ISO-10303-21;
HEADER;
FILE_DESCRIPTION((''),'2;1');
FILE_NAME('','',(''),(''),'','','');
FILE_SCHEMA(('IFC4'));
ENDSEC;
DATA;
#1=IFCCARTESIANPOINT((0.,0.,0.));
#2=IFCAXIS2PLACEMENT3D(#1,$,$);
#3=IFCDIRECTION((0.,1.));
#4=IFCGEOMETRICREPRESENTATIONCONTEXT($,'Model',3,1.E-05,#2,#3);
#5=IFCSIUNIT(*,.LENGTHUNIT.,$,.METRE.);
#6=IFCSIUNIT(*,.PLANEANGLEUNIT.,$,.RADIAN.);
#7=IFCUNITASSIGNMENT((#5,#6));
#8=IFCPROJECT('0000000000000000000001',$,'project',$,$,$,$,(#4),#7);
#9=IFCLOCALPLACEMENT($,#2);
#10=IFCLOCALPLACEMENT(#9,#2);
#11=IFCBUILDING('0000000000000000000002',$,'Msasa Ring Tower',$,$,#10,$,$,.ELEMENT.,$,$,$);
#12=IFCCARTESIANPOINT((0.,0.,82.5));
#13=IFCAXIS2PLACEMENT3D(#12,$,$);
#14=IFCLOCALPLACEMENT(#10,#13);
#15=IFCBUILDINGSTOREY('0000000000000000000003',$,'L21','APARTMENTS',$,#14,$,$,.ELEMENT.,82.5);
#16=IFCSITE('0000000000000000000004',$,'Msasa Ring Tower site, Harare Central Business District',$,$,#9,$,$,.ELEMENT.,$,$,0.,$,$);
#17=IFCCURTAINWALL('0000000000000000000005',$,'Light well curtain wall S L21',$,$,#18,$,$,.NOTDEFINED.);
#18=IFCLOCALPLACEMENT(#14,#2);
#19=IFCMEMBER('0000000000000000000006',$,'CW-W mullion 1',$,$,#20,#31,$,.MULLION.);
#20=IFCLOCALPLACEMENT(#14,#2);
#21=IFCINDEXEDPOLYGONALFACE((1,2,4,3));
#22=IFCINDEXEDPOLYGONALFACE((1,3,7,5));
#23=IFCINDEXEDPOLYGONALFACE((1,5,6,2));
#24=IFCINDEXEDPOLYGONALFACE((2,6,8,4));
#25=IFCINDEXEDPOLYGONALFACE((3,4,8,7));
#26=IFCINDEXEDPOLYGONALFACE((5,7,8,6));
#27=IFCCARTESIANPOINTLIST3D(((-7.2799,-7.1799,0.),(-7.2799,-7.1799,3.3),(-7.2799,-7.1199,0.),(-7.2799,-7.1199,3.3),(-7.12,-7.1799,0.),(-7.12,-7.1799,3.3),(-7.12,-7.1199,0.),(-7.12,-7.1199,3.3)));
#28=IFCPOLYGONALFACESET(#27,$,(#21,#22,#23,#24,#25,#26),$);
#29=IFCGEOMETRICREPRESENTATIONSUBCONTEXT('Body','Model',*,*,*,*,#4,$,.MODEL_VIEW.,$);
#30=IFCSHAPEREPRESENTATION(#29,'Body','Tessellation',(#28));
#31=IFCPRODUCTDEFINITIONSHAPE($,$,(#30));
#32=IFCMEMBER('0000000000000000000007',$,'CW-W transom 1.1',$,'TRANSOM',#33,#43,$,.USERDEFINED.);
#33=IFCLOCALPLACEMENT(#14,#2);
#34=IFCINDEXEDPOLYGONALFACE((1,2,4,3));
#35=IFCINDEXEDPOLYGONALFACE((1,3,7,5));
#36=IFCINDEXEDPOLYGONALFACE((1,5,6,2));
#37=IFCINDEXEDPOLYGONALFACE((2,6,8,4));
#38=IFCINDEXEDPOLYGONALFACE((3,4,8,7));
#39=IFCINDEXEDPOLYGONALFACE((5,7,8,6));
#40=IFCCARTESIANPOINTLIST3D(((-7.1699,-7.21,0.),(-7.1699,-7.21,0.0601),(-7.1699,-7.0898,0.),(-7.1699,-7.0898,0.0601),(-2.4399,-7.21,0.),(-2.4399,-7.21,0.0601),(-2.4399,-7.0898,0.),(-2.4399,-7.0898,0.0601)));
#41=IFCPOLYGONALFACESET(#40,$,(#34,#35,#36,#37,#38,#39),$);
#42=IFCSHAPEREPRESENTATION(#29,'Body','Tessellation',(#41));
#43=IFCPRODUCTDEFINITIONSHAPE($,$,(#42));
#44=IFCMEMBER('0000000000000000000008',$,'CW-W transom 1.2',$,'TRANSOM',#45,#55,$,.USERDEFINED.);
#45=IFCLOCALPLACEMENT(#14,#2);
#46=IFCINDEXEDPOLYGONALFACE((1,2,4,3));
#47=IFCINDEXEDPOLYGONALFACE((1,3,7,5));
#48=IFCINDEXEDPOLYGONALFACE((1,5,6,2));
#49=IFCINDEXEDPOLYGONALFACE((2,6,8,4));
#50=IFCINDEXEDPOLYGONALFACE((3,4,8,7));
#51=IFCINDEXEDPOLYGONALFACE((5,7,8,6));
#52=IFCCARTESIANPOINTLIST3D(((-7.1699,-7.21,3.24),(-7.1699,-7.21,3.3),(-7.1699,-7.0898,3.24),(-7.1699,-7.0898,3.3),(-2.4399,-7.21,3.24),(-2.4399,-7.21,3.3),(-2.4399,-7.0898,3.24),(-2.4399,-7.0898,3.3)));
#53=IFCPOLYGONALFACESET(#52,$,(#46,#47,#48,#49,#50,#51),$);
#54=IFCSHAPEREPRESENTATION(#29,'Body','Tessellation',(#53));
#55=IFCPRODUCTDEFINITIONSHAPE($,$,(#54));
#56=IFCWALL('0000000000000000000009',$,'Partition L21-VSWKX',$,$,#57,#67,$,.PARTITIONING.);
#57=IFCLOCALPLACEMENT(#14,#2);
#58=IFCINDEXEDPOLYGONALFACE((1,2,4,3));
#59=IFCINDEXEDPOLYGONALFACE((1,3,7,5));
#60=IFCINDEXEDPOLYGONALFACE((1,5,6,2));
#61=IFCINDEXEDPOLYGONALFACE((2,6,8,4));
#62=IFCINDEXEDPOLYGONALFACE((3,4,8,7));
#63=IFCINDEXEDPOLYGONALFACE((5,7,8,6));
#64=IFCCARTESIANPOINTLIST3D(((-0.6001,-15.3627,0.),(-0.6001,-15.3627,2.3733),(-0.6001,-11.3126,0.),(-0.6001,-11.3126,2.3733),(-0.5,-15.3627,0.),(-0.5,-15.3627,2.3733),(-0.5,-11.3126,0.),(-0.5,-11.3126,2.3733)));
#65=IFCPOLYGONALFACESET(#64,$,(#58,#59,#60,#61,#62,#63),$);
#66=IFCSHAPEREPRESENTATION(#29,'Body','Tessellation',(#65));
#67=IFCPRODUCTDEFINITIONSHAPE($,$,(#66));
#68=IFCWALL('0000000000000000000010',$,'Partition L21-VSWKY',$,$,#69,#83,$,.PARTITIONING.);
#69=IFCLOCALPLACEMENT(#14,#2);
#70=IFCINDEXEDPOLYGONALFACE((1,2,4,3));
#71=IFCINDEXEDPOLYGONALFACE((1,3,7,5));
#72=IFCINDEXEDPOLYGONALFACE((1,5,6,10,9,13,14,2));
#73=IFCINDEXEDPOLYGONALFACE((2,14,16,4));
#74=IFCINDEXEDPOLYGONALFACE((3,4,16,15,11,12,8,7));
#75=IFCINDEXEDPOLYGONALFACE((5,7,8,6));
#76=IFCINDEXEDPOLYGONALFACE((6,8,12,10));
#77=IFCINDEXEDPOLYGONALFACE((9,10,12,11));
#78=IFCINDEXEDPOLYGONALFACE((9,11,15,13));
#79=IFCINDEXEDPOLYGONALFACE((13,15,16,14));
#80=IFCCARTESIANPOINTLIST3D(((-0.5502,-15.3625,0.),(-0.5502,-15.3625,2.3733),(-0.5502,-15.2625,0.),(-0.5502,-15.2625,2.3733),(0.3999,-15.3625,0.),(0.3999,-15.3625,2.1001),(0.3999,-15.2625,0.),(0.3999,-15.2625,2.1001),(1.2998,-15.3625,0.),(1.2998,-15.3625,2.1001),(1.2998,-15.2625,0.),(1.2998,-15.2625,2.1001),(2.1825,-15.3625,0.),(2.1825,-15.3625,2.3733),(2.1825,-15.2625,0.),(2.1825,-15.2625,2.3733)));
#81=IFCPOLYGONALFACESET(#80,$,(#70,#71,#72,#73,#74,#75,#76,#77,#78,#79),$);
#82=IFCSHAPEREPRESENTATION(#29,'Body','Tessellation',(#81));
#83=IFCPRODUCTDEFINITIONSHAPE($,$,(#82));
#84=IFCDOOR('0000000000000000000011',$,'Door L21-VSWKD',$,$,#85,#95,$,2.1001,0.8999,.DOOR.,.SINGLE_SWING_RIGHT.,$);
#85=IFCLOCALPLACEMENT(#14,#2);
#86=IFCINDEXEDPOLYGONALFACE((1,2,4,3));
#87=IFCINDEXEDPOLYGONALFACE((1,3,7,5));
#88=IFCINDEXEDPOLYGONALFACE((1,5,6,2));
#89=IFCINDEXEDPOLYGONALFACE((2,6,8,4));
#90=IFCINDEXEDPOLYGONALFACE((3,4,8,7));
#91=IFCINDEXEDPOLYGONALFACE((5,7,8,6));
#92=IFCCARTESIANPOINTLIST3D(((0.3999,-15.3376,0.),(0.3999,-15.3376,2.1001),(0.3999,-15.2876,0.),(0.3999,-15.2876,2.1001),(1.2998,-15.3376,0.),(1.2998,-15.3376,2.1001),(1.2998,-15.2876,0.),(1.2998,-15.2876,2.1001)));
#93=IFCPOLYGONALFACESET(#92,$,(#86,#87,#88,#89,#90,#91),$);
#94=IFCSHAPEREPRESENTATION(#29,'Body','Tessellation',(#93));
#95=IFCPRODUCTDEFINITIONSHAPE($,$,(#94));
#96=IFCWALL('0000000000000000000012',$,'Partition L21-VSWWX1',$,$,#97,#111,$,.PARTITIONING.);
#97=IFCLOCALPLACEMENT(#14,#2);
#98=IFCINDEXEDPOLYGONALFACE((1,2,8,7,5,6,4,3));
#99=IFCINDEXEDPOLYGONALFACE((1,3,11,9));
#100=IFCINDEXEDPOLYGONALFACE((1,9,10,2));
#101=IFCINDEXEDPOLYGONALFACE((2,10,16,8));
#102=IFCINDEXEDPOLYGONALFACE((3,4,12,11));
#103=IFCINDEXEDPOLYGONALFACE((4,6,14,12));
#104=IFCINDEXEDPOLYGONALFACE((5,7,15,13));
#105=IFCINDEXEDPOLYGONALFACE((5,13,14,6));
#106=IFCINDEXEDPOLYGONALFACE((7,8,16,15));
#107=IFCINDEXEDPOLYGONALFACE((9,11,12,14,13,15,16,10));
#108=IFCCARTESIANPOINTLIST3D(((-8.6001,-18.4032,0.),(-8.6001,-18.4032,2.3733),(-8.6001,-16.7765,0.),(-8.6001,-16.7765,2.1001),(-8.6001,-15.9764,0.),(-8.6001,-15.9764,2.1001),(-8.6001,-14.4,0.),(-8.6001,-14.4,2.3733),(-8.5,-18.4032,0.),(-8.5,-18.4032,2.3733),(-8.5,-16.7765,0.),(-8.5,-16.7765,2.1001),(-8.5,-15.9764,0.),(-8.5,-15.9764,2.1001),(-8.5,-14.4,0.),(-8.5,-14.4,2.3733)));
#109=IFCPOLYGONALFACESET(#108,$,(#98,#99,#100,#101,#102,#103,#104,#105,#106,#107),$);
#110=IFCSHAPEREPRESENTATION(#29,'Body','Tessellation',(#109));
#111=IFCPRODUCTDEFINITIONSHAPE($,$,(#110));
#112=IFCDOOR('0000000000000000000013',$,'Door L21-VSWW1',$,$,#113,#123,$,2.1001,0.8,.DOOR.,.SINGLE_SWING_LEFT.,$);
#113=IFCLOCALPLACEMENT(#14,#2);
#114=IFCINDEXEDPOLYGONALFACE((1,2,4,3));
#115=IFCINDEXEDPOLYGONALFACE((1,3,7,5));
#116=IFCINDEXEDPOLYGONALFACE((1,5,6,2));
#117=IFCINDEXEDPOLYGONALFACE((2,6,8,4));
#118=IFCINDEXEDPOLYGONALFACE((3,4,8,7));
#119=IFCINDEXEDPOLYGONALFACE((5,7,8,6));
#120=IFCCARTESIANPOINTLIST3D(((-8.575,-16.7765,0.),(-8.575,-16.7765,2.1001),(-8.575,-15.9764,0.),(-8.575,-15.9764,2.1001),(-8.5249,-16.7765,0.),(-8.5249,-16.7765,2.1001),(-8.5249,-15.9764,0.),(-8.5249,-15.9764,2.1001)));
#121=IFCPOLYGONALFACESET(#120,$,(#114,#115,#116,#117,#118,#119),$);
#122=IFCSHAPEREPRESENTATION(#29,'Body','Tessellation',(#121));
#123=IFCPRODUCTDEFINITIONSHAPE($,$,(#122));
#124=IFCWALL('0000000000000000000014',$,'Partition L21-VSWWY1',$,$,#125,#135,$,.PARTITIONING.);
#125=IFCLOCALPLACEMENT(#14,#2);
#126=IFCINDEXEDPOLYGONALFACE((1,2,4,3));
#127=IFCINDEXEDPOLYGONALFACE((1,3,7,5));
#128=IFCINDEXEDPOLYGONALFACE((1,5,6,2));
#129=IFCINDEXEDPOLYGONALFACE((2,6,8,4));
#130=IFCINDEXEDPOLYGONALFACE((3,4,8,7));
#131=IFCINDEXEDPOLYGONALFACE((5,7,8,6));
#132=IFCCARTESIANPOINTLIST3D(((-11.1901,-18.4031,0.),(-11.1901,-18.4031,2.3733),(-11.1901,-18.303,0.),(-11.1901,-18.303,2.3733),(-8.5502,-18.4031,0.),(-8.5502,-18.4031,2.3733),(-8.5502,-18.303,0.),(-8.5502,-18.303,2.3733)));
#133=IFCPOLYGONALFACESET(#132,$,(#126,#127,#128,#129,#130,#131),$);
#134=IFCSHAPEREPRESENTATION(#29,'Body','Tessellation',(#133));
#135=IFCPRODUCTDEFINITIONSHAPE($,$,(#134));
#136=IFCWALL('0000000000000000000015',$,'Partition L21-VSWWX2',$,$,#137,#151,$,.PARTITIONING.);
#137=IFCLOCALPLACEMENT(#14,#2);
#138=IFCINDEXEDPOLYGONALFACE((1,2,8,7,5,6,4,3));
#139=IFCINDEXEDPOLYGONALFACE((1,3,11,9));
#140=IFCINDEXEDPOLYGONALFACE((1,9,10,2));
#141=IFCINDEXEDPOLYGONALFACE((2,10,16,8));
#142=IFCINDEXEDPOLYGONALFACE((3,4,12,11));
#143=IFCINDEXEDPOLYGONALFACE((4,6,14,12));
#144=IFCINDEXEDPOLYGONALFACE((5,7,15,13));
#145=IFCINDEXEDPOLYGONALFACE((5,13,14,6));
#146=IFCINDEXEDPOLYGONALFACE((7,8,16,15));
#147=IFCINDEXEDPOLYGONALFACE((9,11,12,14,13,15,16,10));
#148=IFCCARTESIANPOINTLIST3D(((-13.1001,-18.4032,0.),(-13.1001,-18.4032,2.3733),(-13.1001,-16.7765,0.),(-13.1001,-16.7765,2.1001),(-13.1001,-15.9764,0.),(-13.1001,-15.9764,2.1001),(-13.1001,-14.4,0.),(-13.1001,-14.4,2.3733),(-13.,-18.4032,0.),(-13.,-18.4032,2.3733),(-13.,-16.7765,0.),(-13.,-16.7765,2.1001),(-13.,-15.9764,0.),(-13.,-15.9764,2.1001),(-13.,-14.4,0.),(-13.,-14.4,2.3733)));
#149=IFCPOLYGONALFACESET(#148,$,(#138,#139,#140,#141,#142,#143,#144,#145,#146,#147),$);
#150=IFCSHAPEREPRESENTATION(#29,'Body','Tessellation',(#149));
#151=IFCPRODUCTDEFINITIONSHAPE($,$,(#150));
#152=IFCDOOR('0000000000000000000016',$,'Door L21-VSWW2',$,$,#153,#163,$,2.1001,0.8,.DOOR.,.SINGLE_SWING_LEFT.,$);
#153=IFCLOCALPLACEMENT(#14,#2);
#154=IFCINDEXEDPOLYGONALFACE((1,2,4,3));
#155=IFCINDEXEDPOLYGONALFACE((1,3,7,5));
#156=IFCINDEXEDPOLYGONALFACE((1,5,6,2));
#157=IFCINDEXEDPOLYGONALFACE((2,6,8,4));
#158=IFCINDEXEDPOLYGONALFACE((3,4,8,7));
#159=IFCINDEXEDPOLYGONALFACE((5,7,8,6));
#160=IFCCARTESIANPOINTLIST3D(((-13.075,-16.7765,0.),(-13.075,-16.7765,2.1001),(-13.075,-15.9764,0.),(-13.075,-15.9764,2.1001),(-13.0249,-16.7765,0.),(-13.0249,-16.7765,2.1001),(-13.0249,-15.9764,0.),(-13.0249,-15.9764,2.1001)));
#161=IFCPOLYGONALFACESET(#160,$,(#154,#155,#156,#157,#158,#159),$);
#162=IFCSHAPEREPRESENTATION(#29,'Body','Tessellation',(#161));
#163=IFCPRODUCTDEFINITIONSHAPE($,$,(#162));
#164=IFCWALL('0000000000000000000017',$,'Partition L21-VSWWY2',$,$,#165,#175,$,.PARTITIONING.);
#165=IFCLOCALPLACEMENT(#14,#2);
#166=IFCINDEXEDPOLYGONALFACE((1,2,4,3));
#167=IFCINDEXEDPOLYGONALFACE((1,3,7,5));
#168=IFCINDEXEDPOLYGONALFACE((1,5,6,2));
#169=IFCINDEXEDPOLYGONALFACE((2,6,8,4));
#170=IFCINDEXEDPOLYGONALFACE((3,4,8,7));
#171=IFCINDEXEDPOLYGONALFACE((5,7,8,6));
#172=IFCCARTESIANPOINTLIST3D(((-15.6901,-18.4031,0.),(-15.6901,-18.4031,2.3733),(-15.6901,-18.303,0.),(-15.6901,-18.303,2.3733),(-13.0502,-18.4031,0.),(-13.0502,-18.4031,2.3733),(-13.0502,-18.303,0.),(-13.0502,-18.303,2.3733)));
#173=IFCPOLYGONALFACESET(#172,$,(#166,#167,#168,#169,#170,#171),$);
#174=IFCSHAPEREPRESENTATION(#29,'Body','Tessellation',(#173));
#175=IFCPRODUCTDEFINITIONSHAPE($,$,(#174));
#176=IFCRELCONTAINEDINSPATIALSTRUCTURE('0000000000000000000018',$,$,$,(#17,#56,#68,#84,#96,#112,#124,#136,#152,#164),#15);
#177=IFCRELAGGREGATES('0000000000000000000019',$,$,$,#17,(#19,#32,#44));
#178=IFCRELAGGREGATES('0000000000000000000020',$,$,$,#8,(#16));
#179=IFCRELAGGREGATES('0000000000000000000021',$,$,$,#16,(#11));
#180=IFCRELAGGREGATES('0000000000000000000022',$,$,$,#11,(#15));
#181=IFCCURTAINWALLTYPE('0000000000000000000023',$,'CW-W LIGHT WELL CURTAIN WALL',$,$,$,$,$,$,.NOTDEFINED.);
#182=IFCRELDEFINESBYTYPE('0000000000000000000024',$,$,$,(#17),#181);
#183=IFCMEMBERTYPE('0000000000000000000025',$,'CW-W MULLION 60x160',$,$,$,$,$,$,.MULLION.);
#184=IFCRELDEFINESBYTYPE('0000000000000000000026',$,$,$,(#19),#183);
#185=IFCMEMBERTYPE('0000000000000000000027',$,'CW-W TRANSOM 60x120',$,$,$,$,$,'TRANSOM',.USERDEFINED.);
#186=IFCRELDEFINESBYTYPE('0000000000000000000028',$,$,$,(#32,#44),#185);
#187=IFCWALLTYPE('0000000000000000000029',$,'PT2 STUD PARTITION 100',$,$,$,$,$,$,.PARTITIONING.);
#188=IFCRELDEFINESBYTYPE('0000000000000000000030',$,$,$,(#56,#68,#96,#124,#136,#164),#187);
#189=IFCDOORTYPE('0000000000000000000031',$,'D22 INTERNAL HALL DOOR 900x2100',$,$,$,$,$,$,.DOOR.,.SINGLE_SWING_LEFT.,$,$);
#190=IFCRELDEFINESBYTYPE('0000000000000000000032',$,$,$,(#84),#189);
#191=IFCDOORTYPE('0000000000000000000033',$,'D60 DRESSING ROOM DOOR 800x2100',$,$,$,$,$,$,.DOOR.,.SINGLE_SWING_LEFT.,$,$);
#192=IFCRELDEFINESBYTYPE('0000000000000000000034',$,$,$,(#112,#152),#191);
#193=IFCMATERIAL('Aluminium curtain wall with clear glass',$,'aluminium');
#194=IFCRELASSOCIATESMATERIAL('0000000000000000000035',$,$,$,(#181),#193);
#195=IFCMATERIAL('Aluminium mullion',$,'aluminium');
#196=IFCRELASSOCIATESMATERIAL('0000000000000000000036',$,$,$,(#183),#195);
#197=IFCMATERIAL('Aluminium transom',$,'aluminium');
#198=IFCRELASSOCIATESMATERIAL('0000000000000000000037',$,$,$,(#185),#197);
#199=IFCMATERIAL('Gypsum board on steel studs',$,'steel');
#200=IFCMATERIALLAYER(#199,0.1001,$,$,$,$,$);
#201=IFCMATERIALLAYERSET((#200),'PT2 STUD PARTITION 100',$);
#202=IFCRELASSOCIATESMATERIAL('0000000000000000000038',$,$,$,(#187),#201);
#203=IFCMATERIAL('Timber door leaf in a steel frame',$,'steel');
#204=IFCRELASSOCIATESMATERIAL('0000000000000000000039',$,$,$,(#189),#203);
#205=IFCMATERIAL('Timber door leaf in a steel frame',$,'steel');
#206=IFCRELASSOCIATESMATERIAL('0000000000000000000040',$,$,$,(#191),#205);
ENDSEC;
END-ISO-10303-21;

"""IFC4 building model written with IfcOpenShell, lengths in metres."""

from ifc_helpers import new_model, si_unit, direction, frame, frame_2d, origin, origin_2d, place, context, subcontext, project, spatial, rectangle, extrude, material, layer, layer_set, material_profile, profile_set, type_object, element, fill, aggregate, save


model = new_model("IFC4")

# Units and contexts
model_context = context("Model", 3, precision=1e-05, world=origin(), true_north=direction((0.0, 1.0)))
body_context = subcontext(model_context, "Body", "Model", "MODEL_VIEW")
ifc_project = project(units=[si_unit("LENGTHUNIT", "METRE"), si_unit("PLANEANGLEUNIT", "RADIAN")], contexts=[model_context])

# Site, building, storey
site_placement = place(None, origin())
site = spatial("IfcSite", under=ifc_project, at=site_placement, Name="Msasa Ring Tower site, Harare Central Business District", CompositionType="ELEMENT", RefElevation=0.0)
building_placement = place(site_placement, origin())
building = spatial("IfcBuilding", under=site, at=building_placement, Name="Msasa Ring Tower", CompositionType="ELEMENT")
storey_placement = place(building_placement, frame((0.0, 0.0, 82.5)))
storey = spatial("IfcBuildingStorey", under=building, at=storey_placement, Name="L21", Description="APARTMENTS", CompositionType="ELEMENT", Elevation=82.5)

# Curtain wall, members
ifc_material_1 = material(Name="Aluminium curtain wall with clear glass", Category="aluminium")
curtain_wall_type = type_object("IfcCurtainWallType", Name="CW-W LIGHT WELL CURTAIN WALL", PredefinedType="NOTDEFINED", material=ifc_material_1)
curtain_wall_placement = place(storey_placement, origin())
curtain_wall = element("IfcCurtainWall", 1, at=curtain_wall_placement, inside=storey, type_object=curtain_wall_type, Name="Light well curtain wall S L21", PredefinedType="NOTDEFINED")
ifc_material_2 = material(Name="Aluminium mullion", Category="aluminium")
ifc_material_profile_1 = material_profile(ifc_material_2, rectangle(XDim=0.0601, YDim=0.1599, at=origin_2d()), Name="AL 60x160")
ifc_profile_set_1 = profile_set([ifc_material_profile_1], Name="Aluminium mullion")
member_type_1 = type_object("IfcMemberType", Name="CW-W MULLION 60x160", PredefinedType="MULLION", material=ifc_profile_set_1)
member_1_placement = place(storey_placement, frame((-7.2, -7.1499, 0.0), z_axis=(0.0, 0.0, 1.0), x_axis=(0.0, 1.0, 0.0)))
member_1 = element("IfcMember", 2, at=member_1_placement, type_object=member_type_1, Name="CW-W mullion 1", PredefinedType="MULLION", context=body_context, shape_type="SweptSolid", body=[
    extrude(rectangle(XDim=0.0601, YDim=0.1599, at=origin_2d()), origin(), (0.0, 0.0, 1.0), 3.3),
])
ifc_material_3 = material(Name="Aluminium transom", Category="aluminium")
ifc_material_profile_2 = material_profile(ifc_material_3, rectangle(XDim=0.1201, YDim=0.0601, at=origin_2d()), Name="AL 60x120")
ifc_profile_set_2 = profile_set([ifc_material_profile_2], Name="Aluminium transom")
member_type_2 = type_object("IfcMemberType", Name="CW-W TRANSOM 60x120", ElementType="TRANSOM", PredefinedType="USERDEFINED", material=ifc_profile_set_2)
member_2_placement = place(storey_placement, frame((-7.1699, -7.1499, 0.03), z_axis=(1.0, 0.0, 0.0), x_axis=(0.0, 1.0, 0.0)))
member_2 = element("IfcMember", 3, at=member_2_placement, type_object=member_type_2, Name="CW-W transom 1.1", ObjectType="TRANSOM", PredefinedType="USERDEFINED", context=body_context, shape_type="SweptSolid", body=[
    extrude(rectangle(XDim=0.1201, YDim=0.0601, at=origin_2d()), origin(), (0.0, 0.0, 1.0), 4.73),
])
member_3_placement = place(storey_placement, frame((-7.1699, -7.1499, 3.27), z_axis=(1.0, 0.0, 0.0), x_axis=(0.0, 1.0, 0.0)))
member_3 = element("IfcMember", 4, at=member_3_placement, type_object=member_type_2, Name="CW-W transom 1.2", ObjectType="TRANSOM", PredefinedType="USERDEFINED", context=body_context, shape_type="SweptSolid", body=[
    extrude(rectangle(XDim=0.1201, YDim=0.0601, at=origin_2d()), origin(), (0.0, 0.0, 1.0), 4.73),
])
aggregate(curtain_wall, [member_1, member_2, member_3])

# Wall
ifc_material_4 = material(Name="Gypsum board on steel studs", Category="steel")
ifc_layer_1 = layer(ifc_material_4, 0.1001)
ifc_layer_set_1 = layer_set([ifc_layer_1], Name="PT2 STUD PARTITION 100")
wall_type_1 = type_object("IfcWallType", Name="PT2 STUD PARTITION 100", PredefinedType="PARTITIONING", material=ifc_layer_set_1)
wall_1_placement = place(storey_placement, frame((-0.55, -15.3625, 0.0), z_axis=(0.0, 0.0, 1.0), x_axis=(0.0, 1.0, 0.0)))
element("IfcWall", 5, at=wall_1_placement, inside=storey, type_object=wall_type_1, Name="Partition L21-VSWKX", PredefinedType="PARTITIONING", context=body_context, shape_type="SweptSolid", body=[
    extrude(rectangle(XDim=4.05, YDim=0.1001, at=frame_2d((2.0249, 0.0))), origin(), (0.0, 0.0, 1.0), 2.3733),
])

# Walls, openings, doors
wall_2_placement = place(storey_placement, frame((-0.55, -15.3125, 0.0), z_axis=(0.0, 0.0, 1.0), x_axis=(1.0, 0.0, 0.0)))
wall_2 = element("IfcWall", 6, at=wall_2_placement, inside=storey, type_object=wall_type_1, Name="Partition L21-VSWKY", PredefinedType="PARTITIONING", context=body_context, shape_type="SweptSolid", body=[
    extrude(rectangle(XDim=2.7327, YDim=0.1001, at=frame_2d((1.3662, 0.0))), origin(), (0.0, 0.0, 1.0), 2.3733),
])
opening_1_placement = place(wall_2_placement, frame((0.95, 0.0, 0.0)))
opening_1 = element("IfcOpeningElement", 7, at=opening_1_placement, cuts=wall_2, PredefinedType="OPENING", context=body_context, shape_type="SweptSolid", body=[
    extrude(rectangle(XDim=0.8999, YDim=2.1001, at=frame_2d((0.45, 1.05))), frame((0.0, 0.0601, 0.0), z_axis=(0.0, -1.0, 0.0), x_axis=(1.0, 0.0, 0.0)), (0.0, 0.0, 1.0), 0.1201),
])
ifc_material_5 = material(Name="Timber door leaf in a steel frame", Category="steel")
door_type_1 = type_object("IfcDoorType", Name="D22 INTERNAL HALL DOOR 900x2100", OperationType="SINGLE_SWING_LEFT", PredefinedType="DOOR", material=ifc_material_5)
door_1_placement = place(opening_1_placement, origin())
door_1 = element("IfcDoor", 8, at=door_1_placement, inside=storey, type_object=door_type_1, Name="Door L21-VSWKD", OperationType="SINGLE_SWING_RIGHT", OverallHeight=2.1001, OverallWidth=0.8999, PredefinedType="DOOR", context=body_context, shape_type="SweptSolid", body=[
    extrude(rectangle(XDim=0.8999, YDim=2.1001, at=frame_2d((0.45, 1.05))), frame((0.0, 0.0249, 0.0), z_axis=(0.0, -1.0, 0.0), x_axis=(1.0, 0.0, 0.0)), (0.0, 0.0, 1.0), 0.05),
])
fill(opening_1, door_1)
wall_3_placement = place(storey_placement, frame((-8.55, -18.4031, 0.0), z_axis=(0.0, 0.0, 1.0), x_axis=(0.0, 1.0, 0.0)))
wall_3 = element("IfcWall", 9, at=wall_3_placement, inside=storey, type_object=wall_type_1, Name="Partition L21-VSWWX1", PredefinedType="PARTITIONING", context=body_context, shape_type="SweptSolid", body=[
    extrude(rectangle(XDim=4.0032, YDim=0.1001, at=frame_2d((2.0015, 0.0))), origin(), (0.0, 0.0, 1.0), 2.3733),
])
opening_2_placement = place(wall_3_placement, frame((1.6267, 0.0, 0.0)))
opening_2 = element("IfcOpeningElement", 10, at=opening_2_placement, cuts=wall_3, PredefinedType="OPENING", context=body_context, shape_type="SweptSolid", body=[
    extrude(rectangle(XDim=0.8, YDim=2.1001, at=frame_2d((0.3999, 1.05))), frame((0.0, 0.0601, 0.0), z_axis=(0.0, -1.0, 0.0), x_axis=(1.0, 0.0, 0.0)), (0.0, 0.0, 1.0), 0.1201),
])
ifc_material_6 = material(Name="Timber door leaf in a steel frame", Category="steel")
door_type_2 = type_object("IfcDoorType", Name="D60 DRESSING ROOM DOOR 800x2100", OperationType="SINGLE_SWING_LEFT", PredefinedType="DOOR", material=ifc_material_6)
door_2_placement = place(opening_2_placement, origin())
door_2 = element("IfcDoor", 11, at=door_2_placement, inside=storey, type_object=door_type_2, Name="Door L21-VSWW1", OperationType="SINGLE_SWING_LEFT", OverallHeight=2.1001, OverallWidth=0.8, PredefinedType="DOOR", context=body_context, shape_type="SweptSolid", body=[
    extrude(rectangle(XDim=0.8, YDim=2.1001, at=frame_2d((0.3999, 1.05))), frame((0.0, 0.0249, 0.0), z_axis=(0.0, -1.0, 0.0), x_axis=(1.0, 0.0, 0.0)), (0.0, 0.0, 1.0), 0.05),
])
fill(opening_2, door_2)

# Wall
wall_4_placement = place(storey_placement, frame((-11.1899, -18.353, 0.0), z_axis=(0.0, 0.0, 1.0), x_axis=(1.0, 0.0, 0.0)))
element("IfcWall", 12, at=wall_4_placement, inside=storey, type_object=wall_type_1, Name="Partition L21-VSWWY1", PredefinedType="PARTITIONING", context=body_context, shape_type="SweptSolid", body=[
    extrude(rectangle(XDim=2.6399, YDim=0.1001, at=frame_2d((1.3198, 0.0))), origin(), (0.0, 0.0, 1.0), 2.3733),
])

# Wall, opening, door
wall_5_placement = place(storey_placement, frame((-13.05, -18.4031, 0.0), z_axis=(0.0, 0.0, 1.0), x_axis=(0.0, 1.0, 0.0)))
wall_5 = element("IfcWall", 13, at=wall_5_placement, inside=storey, type_object=wall_type_1, Name="Partition L21-VSWWX2", PredefinedType="PARTITIONING", context=body_context, shape_type="SweptSolid", body=[
    extrude(rectangle(XDim=4.0032, YDim=0.1001, at=frame_2d((2.0015, 0.0))), origin(), (0.0, 0.0, 1.0), 2.3733),
])
opening_3_placement = place(wall_5_placement, frame((1.6267, 0.0, 0.0)))
opening_3 = element("IfcOpeningElement", 14, at=opening_3_placement, cuts=wall_5, PredefinedType="OPENING", context=body_context, shape_type="SweptSolid", body=[
    extrude(rectangle(XDim=0.8, YDim=2.1001, at=frame_2d((0.3999, 1.05))), frame((0.0, 0.0601, 0.0), z_axis=(0.0, -1.0, 0.0), x_axis=(1.0, 0.0, 0.0)), (0.0, 0.0, 1.0), 0.1201),
])
door_3_placement = place(opening_3_placement, origin())
door_3 = element("IfcDoor", 15, at=door_3_placement, inside=storey, type_object=door_type_2, Name="Door L21-VSWW2", OperationType="SINGLE_SWING_LEFT", OverallHeight=2.1001, OverallWidth=0.8, PredefinedType="DOOR", context=body_context, shape_type="SweptSolid", body=[
    extrude(rectangle(XDim=0.8, YDim=2.1001, at=frame_2d((0.3999, 1.05))), frame((0.0, 0.0249, 0.0), z_axis=(0.0, -1.0, 0.0), x_axis=(1.0, 0.0, 0.0)), (0.0, 0.0, 1.0), 0.05),
])
fill(opening_3, door_3)

# Wall
wall_6_placement = place(storey_placement, frame((-15.6899, -18.353, 0.0), z_axis=(0.0, 0.0, 1.0), x_axis=(1.0, 0.0, 0.0)))
element("IfcWall", 16, at=wall_6_placement, inside=storey, type_object=wall_type_1, Name="Partition L21-VSWWY2", PredefinedType="PARTITIONING", context=body_context, shape_type="SweptSolid", body=[
    extrude(rectangle(XDim=2.6399, YDim=0.1001, at=frame_2d((1.3198, 0.0))), origin(), (0.0, 0.0, 1.0), 2.3733),
])

save(model, "model.ifc")
